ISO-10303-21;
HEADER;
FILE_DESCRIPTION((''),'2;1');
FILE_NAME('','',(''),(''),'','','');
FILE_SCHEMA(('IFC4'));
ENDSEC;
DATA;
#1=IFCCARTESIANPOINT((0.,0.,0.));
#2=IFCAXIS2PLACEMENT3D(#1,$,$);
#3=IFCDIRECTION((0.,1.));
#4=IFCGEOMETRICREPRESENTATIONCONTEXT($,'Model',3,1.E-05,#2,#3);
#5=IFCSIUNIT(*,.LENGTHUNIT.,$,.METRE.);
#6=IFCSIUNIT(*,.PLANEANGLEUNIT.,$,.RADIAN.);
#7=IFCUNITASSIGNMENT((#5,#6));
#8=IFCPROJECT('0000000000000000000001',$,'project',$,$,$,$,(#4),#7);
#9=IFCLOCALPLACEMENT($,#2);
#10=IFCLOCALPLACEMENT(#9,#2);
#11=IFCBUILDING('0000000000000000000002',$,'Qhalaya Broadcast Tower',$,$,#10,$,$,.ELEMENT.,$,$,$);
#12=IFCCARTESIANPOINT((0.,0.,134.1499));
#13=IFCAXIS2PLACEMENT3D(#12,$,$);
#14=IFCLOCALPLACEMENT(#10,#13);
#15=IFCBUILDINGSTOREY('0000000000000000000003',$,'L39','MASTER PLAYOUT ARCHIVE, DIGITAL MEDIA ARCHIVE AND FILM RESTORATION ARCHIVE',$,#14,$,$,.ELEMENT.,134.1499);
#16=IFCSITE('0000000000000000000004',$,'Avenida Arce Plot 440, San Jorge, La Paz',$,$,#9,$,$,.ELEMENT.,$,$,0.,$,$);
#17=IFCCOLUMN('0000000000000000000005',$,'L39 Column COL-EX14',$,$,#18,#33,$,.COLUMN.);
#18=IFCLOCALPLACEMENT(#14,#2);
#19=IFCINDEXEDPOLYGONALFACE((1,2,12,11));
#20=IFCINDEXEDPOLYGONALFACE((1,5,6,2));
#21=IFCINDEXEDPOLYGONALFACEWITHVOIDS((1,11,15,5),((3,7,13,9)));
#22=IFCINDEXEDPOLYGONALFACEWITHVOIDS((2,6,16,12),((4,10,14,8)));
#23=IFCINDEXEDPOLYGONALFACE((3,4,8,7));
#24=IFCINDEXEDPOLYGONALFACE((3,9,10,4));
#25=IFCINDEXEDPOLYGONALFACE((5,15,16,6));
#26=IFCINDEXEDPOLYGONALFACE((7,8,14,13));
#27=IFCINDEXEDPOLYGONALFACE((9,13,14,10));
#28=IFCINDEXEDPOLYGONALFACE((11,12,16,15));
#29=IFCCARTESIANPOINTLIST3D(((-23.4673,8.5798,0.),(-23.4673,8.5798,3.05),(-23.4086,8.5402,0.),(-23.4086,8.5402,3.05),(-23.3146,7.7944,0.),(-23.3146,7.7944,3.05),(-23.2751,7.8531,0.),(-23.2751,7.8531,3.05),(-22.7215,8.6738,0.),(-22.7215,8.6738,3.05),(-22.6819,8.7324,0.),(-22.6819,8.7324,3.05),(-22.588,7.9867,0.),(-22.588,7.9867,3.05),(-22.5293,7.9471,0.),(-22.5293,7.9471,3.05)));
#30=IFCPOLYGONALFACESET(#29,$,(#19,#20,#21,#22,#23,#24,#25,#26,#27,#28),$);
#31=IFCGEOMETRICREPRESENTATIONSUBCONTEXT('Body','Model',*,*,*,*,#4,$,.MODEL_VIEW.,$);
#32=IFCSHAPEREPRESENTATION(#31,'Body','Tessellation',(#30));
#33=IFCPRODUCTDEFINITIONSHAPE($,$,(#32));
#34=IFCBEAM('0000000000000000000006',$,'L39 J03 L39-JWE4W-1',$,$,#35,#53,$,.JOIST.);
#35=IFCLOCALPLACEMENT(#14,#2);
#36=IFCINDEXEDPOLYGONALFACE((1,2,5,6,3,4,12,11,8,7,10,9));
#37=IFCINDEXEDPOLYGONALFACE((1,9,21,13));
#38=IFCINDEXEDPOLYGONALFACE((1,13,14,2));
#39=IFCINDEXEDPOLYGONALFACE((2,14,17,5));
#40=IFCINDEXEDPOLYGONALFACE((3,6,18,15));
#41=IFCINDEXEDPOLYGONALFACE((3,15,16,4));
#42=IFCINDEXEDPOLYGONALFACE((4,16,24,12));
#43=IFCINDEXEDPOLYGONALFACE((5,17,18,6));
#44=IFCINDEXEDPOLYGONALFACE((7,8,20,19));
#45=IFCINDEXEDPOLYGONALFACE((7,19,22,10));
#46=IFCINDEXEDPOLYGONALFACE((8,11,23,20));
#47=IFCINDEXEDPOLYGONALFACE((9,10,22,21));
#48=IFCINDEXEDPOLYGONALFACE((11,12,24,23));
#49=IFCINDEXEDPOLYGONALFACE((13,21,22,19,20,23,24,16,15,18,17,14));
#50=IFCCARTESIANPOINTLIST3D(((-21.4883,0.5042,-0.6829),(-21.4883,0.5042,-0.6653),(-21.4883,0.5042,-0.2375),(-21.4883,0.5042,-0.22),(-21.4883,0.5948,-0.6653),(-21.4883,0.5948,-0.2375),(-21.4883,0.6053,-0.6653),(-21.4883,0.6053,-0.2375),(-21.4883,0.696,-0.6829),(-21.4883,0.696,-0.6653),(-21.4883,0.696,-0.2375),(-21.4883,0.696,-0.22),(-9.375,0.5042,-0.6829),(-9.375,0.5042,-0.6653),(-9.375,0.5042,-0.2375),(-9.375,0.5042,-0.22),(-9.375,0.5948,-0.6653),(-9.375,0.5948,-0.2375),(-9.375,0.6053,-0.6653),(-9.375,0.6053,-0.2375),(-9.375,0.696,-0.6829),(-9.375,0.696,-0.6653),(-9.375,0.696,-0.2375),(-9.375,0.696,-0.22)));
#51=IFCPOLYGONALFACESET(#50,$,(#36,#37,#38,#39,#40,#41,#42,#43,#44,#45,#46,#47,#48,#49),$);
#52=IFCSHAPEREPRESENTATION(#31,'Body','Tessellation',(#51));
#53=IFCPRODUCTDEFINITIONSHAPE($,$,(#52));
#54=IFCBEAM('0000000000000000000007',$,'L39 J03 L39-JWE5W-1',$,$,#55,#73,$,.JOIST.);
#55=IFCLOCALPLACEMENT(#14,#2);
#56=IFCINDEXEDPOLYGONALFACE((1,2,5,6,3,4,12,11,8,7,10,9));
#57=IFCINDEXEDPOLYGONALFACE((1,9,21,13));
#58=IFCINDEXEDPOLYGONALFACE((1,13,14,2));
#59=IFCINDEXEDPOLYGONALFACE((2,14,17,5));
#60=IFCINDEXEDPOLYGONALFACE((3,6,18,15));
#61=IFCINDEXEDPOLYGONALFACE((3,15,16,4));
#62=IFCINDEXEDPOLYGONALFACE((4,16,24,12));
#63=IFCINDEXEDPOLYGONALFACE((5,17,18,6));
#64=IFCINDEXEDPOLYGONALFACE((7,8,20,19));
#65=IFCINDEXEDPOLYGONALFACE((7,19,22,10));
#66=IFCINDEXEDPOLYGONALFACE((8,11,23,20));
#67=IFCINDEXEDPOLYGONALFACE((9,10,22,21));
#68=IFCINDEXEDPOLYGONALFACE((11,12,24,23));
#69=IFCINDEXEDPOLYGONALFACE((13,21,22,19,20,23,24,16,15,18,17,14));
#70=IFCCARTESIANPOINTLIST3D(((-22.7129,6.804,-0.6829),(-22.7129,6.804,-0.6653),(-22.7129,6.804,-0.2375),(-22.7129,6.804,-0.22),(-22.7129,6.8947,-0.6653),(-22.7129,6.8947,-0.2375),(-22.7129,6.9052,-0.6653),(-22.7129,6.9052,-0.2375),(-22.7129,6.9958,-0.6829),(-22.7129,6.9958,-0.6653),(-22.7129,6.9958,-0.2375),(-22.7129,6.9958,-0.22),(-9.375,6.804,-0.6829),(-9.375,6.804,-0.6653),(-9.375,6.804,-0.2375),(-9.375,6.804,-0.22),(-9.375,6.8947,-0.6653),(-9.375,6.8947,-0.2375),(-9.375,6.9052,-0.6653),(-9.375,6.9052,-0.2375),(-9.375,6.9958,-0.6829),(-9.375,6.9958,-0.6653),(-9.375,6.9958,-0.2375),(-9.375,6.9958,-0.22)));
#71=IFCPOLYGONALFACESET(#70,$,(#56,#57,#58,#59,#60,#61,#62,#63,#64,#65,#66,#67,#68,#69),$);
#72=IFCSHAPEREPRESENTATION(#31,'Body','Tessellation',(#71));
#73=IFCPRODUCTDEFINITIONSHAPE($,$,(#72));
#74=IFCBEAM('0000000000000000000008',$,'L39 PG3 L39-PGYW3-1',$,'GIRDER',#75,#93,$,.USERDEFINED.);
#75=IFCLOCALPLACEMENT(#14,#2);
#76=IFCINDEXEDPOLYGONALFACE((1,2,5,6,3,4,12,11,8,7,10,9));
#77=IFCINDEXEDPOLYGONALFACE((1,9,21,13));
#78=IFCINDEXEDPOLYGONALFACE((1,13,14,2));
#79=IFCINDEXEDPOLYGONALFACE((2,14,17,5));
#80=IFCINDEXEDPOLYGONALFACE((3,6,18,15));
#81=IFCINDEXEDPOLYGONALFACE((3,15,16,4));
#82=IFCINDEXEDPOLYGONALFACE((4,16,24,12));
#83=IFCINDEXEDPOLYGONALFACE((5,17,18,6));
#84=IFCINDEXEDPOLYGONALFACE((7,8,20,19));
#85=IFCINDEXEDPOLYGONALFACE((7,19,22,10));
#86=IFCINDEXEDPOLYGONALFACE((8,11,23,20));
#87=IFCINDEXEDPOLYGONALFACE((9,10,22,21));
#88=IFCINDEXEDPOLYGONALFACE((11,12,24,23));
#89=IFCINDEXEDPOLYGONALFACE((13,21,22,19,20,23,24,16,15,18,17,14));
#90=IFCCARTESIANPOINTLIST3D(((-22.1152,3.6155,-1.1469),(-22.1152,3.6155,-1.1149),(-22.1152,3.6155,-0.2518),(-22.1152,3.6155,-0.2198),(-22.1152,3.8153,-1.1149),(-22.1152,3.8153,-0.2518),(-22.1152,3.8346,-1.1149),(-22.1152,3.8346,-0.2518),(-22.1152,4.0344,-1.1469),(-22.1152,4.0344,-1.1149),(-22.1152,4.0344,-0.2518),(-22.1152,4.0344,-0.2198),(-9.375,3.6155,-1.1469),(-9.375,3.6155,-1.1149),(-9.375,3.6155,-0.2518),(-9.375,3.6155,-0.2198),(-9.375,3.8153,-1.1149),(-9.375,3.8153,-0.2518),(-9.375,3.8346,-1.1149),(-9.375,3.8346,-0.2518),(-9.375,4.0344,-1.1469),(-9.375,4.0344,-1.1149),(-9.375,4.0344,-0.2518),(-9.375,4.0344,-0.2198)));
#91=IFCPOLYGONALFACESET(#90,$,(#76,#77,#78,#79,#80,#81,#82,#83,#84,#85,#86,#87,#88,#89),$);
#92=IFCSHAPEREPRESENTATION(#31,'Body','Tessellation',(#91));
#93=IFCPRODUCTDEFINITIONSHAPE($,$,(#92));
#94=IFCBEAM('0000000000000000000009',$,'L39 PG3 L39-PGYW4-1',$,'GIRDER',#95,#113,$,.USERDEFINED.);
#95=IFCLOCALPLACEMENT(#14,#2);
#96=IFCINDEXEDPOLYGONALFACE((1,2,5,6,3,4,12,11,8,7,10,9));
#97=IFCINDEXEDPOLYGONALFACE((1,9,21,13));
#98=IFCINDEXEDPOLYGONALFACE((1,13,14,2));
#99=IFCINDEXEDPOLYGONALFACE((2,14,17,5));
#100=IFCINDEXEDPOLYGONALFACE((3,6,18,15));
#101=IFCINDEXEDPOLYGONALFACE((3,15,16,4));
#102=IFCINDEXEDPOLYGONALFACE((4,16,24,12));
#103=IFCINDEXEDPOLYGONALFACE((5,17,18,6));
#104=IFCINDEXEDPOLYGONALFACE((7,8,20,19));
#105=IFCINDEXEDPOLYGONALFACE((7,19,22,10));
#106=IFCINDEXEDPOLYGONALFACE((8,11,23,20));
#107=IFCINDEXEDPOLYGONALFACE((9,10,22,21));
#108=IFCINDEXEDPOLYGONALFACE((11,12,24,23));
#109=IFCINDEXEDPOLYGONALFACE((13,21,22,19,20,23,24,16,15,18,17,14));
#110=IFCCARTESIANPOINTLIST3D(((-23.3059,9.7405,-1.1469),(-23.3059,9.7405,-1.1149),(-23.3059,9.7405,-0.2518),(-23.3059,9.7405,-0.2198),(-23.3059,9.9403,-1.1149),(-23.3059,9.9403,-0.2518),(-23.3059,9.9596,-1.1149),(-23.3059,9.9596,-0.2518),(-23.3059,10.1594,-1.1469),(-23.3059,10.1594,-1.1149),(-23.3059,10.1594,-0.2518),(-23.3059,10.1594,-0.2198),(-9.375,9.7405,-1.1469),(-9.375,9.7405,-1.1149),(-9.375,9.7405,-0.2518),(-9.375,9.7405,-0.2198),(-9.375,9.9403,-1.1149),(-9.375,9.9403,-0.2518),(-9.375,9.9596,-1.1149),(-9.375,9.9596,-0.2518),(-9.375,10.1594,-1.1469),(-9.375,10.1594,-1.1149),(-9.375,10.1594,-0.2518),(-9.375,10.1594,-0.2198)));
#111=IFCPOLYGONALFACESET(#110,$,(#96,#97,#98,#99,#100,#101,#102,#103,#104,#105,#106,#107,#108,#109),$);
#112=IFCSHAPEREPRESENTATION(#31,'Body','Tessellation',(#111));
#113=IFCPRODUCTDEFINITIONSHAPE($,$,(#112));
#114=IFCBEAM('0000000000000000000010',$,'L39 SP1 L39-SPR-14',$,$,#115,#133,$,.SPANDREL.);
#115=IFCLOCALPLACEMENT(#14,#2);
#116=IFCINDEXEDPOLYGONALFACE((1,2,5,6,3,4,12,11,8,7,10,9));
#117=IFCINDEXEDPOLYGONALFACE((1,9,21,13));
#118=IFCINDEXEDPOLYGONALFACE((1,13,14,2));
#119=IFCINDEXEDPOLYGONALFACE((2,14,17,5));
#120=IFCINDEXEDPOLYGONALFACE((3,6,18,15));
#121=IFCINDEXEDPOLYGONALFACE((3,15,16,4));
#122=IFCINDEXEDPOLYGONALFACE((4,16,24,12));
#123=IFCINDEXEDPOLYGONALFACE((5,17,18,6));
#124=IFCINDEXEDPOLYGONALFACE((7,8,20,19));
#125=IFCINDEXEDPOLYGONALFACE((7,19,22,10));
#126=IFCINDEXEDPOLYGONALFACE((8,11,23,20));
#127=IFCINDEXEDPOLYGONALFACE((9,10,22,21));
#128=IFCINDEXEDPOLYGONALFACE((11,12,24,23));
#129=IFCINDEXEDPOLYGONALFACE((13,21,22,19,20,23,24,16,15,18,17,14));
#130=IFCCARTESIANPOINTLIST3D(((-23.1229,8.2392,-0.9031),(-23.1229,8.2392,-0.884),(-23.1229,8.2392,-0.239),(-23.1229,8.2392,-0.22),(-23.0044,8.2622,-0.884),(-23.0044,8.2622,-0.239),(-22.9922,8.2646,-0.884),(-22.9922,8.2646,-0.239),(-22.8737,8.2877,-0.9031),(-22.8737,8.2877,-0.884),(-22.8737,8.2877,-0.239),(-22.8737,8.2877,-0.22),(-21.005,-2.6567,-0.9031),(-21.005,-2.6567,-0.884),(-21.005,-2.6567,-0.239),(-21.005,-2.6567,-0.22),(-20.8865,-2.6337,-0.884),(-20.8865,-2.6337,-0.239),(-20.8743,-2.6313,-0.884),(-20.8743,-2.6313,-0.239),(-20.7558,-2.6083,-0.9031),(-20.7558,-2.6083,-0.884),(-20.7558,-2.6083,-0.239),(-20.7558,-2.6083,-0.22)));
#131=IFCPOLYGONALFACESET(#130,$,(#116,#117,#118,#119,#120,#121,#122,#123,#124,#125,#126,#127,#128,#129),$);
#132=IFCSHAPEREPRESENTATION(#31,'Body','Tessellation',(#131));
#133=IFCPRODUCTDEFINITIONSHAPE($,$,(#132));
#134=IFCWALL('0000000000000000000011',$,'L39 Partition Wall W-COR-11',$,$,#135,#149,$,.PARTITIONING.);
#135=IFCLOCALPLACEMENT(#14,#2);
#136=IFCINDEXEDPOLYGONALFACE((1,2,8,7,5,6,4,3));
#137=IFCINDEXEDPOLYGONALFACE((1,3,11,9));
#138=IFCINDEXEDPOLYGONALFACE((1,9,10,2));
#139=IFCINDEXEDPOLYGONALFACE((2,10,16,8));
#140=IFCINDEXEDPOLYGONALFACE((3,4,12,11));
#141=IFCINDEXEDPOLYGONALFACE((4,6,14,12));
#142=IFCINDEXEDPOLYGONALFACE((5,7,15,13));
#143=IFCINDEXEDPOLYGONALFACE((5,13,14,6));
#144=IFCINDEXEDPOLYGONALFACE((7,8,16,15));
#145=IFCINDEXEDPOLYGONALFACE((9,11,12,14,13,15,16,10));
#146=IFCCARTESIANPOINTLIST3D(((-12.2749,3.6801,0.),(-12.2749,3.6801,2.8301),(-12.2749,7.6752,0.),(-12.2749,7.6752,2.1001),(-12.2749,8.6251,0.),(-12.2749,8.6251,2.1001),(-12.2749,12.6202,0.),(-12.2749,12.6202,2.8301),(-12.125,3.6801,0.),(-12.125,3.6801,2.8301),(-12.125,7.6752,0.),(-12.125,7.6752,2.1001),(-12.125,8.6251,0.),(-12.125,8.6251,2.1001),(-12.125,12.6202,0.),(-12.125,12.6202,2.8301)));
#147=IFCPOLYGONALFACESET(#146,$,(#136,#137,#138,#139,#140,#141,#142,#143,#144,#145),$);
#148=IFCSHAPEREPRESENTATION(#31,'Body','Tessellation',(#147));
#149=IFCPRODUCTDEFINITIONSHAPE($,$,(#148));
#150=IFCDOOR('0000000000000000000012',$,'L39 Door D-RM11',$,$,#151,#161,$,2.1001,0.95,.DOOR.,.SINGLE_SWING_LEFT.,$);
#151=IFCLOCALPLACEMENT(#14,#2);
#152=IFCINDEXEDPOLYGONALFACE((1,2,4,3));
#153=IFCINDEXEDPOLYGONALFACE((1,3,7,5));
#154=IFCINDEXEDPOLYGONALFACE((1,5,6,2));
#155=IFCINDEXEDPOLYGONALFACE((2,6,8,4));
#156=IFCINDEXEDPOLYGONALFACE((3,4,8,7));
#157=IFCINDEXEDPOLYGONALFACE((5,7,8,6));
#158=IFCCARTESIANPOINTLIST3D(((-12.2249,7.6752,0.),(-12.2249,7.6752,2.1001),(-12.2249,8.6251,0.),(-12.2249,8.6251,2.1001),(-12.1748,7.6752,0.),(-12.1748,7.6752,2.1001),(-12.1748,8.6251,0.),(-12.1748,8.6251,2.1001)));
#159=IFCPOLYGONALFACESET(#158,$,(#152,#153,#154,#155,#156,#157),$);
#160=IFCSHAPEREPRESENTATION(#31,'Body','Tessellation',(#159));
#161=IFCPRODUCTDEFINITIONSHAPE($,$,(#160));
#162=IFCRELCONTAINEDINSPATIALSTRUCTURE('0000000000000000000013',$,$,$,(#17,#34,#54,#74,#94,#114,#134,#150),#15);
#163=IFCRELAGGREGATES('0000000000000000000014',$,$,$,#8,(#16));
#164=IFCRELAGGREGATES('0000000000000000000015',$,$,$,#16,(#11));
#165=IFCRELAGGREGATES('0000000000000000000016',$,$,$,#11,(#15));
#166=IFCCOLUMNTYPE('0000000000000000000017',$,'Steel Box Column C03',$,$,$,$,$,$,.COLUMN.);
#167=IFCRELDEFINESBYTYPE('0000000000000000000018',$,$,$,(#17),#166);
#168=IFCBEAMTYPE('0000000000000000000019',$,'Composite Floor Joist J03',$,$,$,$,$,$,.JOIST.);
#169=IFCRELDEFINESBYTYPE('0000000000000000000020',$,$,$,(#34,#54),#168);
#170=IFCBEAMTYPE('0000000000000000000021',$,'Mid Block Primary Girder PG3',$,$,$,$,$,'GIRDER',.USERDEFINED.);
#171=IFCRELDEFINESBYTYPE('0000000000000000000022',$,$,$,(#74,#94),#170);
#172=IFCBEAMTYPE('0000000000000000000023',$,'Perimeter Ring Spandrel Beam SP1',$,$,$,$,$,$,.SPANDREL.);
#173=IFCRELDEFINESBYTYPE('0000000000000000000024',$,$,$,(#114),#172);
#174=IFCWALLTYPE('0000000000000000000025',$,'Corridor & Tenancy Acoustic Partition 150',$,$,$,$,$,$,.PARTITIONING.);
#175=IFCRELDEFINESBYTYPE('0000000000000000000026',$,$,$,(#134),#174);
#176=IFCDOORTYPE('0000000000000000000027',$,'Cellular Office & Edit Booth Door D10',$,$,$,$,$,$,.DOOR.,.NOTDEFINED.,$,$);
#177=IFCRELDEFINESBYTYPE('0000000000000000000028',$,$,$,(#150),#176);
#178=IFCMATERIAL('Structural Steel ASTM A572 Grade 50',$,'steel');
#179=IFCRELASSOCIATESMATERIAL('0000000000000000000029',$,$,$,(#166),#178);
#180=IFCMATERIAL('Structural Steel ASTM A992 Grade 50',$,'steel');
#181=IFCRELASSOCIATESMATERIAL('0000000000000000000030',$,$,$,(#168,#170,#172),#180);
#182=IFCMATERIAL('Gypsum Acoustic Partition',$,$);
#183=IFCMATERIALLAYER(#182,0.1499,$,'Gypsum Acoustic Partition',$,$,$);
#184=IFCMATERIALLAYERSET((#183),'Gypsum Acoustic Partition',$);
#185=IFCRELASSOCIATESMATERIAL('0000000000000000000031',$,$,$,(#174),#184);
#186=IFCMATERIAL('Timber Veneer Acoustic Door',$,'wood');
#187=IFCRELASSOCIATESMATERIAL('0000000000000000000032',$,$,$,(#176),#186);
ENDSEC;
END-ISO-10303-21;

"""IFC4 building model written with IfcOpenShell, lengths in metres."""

from ifc_helpers import new_model, si_unit, direction, frame, frame_2d, origin, origin_2d, place, context, subcontext, project, spatial, rectangle, hollow_rectangle, i_section, extrude, material, layer, layer_set, material_profile, profile_set, type_object, element, fill, save


model = new_model("IFC4")

# Units and contexts
model_context = context("Model", 3, precision=1e-05, world=origin(), true_north=direction((0.0, 1.0)))
body_context = subcontext(model_context, "Body", "Model", "MODEL_VIEW")
ifc_project = project(units=[si_unit("LENGTHUNIT", "METRE"), si_unit("PLANEANGLEUNIT", "RADIAN")], contexts=[model_context])

# Site, building, storey
site_placement = place(None, origin())
site = spatial("IfcSite", under=ifc_project, at=site_placement, Name="Avenida Arce Plot 440, San Jorge, La Paz", CompositionType="ELEMENT", RefElevation=0.0)
building_placement = place(site_placement, origin())
building = spatial("IfcBuilding", under=site, at=building_placement, Name="Qhalaya Broadcast Tower", CompositionType="ELEMENT")
storey_placement = place(building_placement, frame((0.0, 0.0, 134.1499)))
storey = spatial("IfcBuildingStorey", under=building, at=storey_placement, Name="L39", Description="MASTER PLAYOUT ARCHIVE, DIGITAL MEDIA ARCHIVE AND FILM RESTORATION ARCHIVE", CompositionType="ELEMENT", Elevation=134.1499)

# Column
ifc_material_1 = material(Name="Structural Steel ASTM A572 Grade 50", Category="steel")
ifc_material_profile_1 = material_profile(ifc_material_1, hollow_rectangle(XDim=0.8, YDim=0.8, WallThickness=0.05, at=origin_2d()), Name="BOX 800x800x50")
ifc_profile_set_1 = profile_set([ifc_material_profile_1], Name="Structural Steel ASTM A572 Grade 50")
column_type = type_object("IfcColumnType", Name="Steel Box Column C03", PredefinedType="COLUMN", material=ifc_profile_set_1)
column_placement = place(storey_placement, frame((-22.9983, 8.2634, 0.0), z_axis=(0.0, 0.0, 1.0), x_axis=(-0.190809, 0.981627, 0.0)))
element("IfcColumn", 1, at=column_placement, inside=storey, type_object=column_type, Name="L39 Column COL-EX14", PredefinedType="COLUMN", context=body_context, shape_type="SweptSolid", body=[
    extrude(hollow_rectangle(XDim=0.8, YDim=0.8, WallThickness=0.05, at=origin_2d()), origin(), (0.0, 0.0, 1.0), 3.05),
])

# Beams
ifc_material_2 = material(Name="Structural Steel ASTM A992 Grade 50", Category="steel")
ifc_material_profile_2 = material_profile(ifc_material_2, i_section(OverallWidth=0.1919, OverallDepth=0.4629, WebThickness=0.0105, FlangeThickness=0.0176, at=origin_2d()), Name="W18X60")
ifc_profile_set_2 = profile_set([ifc_material_profile_2], Name="Structural Steel ASTM A992 Grade 50")
beam_type_1 = type_object("IfcBeamType", Name="Composite Floor Joist J03", PredefinedType="JOIST", material=ifc_profile_set_2)
beam_1_placement = place(storey_placement, frame((-21.4883, 0.6001, -0.4514), z_axis=(1.0, 0.0, 0.0), x_axis=(0.0, 1.0, 0.0)))
element("IfcBeam", 2, at=beam_1_placement, inside=storey, type_object=beam_type_1, Name="L39 J03 L39-JWE4W-1", PredefinedType="JOIST", context=body_context, shape_type="SweptSolid", body=[
    extrude(i_section(OverallWidth=0.1919, OverallDepth=0.4629, WebThickness=0.0105, FlangeThickness=0.0176, at=origin_2d()), origin(), (0.0, 0.0, 1.0), 12.1133),
])
beam_2_placement = place(storey_placement, frame((-22.7129, 6.8999, -0.4514), z_axis=(1.0, 0.0, 0.0), x_axis=(0.0, 1.0, 0.0)))
element("IfcBeam", 3, at=beam_2_placement, inside=storey, type_object=beam_type_1, Name="L39 J03 L39-JWE5W-1", PredefinedType="JOIST", context=body_context, shape_type="SweptSolid", body=[
    extrude(i_section(OverallWidth=0.1919, OverallDepth=0.4629, WebThickness=0.0105, FlangeThickness=0.0176, at=origin_2d()), origin(), (0.0, 0.0, 1.0), 13.3379),
])
ifc_material_profile_3 = material_profile(ifc_material_2, i_section(OverallWidth=0.4189, OverallDepth=0.927, WebThickness=0.0193, FlangeThickness=0.032, at=origin_2d()), Name="W36X231")
ifc_profile_set_3 = profile_set([ifc_material_profile_3], Name="Structural Steel ASTM A992 Grade 50")
beam_type_2 = type_object("IfcBeamType", Name="Mid Block Primary Girder PG3", ElementType="GIRDER", PredefinedType="USERDEFINED", material=ifc_profile_set_3)
beam_3_placement = place(storey_placement, frame((-22.1152, 3.825, -0.6833), z_axis=(1.0, 0.0, 0.0), x_axis=(0.0, 1.0, 0.0)))
element("IfcBeam", 4, at=beam_3_placement, inside=storey, type_object=beam_type_2, Name="L39 PG3 L39-PGYW3-1", ObjectType="GIRDER", PredefinedType="USERDEFINED", context=body_context, shape_type="SweptSolid", body=[
    extrude(i_section(OverallWidth=0.4189, OverallDepth=0.927, WebThickness=0.0193, FlangeThickness=0.032, at=origin_2d()), origin(), (0.0, 0.0, 1.0), 12.7402),
])
beam_4_placement = place(storey_placement, frame((-23.3059, 9.95, -0.6833), z_axis=(1.0, 0.0, 0.0), x_axis=(0.0, 1.0, 0.0)))
element("IfcBeam", 5, at=beam_4_placement, inside=storey, type_object=beam_type_2, Name="L39 PG3 L39-PGYW4-1", ObjectType="GIRDER", PredefinedType="USERDEFINED", context=body_context, shape_type="SweptSolid", body=[
    extrude(i_section(OverallWidth=0.4189, OverallDepth=0.927, WebThickness=0.0193, FlangeThickness=0.032, at=origin_2d()), origin(), (0.0, 0.0, 1.0), 13.9309),
])
ifc_material_profile_4 = material_profile(ifc_material_2, i_section(OverallWidth=0.2539, OverallDepth=0.6831, WebThickness=0.0125, FlangeThickness=0.019, at=origin_2d()), Name="W27X94")
ifc_profile_set_4 = profile_set([ifc_material_profile_4], Name="Structural Steel ASTM A992 Grade 50")
beam_type_3 = type_object("IfcBeamType", Name="Perimeter Ring Spandrel Beam SP1", PredefinedType="SPANDREL", material=ifc_profile_set_4)
beam_5_placement = place(storey_placement, frame((-22.9983, 8.2634, -0.5615), z_axis=(0.190805, -0.981628, 0.0), x_axis=(0.981628, 0.190805, 0.0)))
element("IfcBeam", 6, at=beam_5_placement, inside=storey, type_object=beam_type_3, Name="L39 SP1 L39-SPR-14", PredefinedType="SPANDREL", context=body_context, shape_type="SweptSolid", body=[
    extrude(i_section(OverallWidth=0.2539, OverallDepth=0.6831, WebThickness=0.0125, FlangeThickness=0.019, at=origin_2d()), origin(), (0.0, 0.0, 1.0), 11.0999),
])

# Wall, opening, door
ifc_material_3 = material(Name="Gypsum Acoustic Partition")
ifc_layer_1 = layer(ifc_material_3, 0.1499, Name="Gypsum Acoustic Partition")
ifc_layer_set_1 = layer_set([ifc_layer_1], Name="Gypsum Acoustic Partition")
wall_type_1 = type_object("IfcWallType", Name="Corridor & Tenancy Acoustic Partition 150", PredefinedType="PARTITIONING", material=ifc_layer_set_1)
wall_1_placement = place(storey_placement, frame((-12.2, 3.6799, 0.0), z_axis=(0.0, 0.0, 1.0), x_axis=(0.0, 1.0, 0.0)))
wall_1 = element("IfcWall", 7, at=wall_1_placement, inside=storey, type_object=wall_type_1, Name="L39 Partition Wall W-COR-11", PredefinedType="PARTITIONING", context=body_context, shape_type="SweptSolid", body=[
    extrude(rectangle(XDim=8.9402, YDim=0.1499, at=frame_2d((4.4702, 0.0))), origin(), (0.0, 0.0, 1.0), 2.8301),
])
opening_1_placement = place(wall_1_placement, frame((3.9951, 0.0, 0.0)))
opening_1 = element("IfcOpeningElement", 8, at=opening_1_placement, cuts=wall_1, PredefinedType="OPENING", context=body_context, shape_type="SweptSolid", body=[
    extrude(rectangle(XDim=0.95, YDim=2.1001, at=frame_2d((0.4751, 1.05))), frame((0.0, 0.0869, 0.0), z_axis=(0.0, -1.0, 0.0), x_axis=(1.0, 0.0, 0.0)), (0.0, 0.0, 1.0), 0.1738),
])
ifc_material_4 = material(Name="Timber Veneer Acoustic Door", Category="wood")
door_type_1 = type_object("IfcDoorType", Name="Cellular Office & Edit Booth Door D10", OperationType="NOTDEFINED", PredefinedType="DOOR", material=ifc_material_4)
door_1_placement = place(opening_1_placement, origin())
door_1 = element("IfcDoor", 9, at=door_1_placement, inside=storey, type_object=door_type_1, Name="L39 Door D-RM11", OperationType="SINGLE_SWING_LEFT", OverallHeight=2.1001, OverallWidth=0.95, PredefinedType="DOOR", context=body_context, shape_type="SweptSolid", body=[
    extrude(rectangle(XDim=0.95, YDim=2.1001, at=frame_2d((0.4751, 1.05))), frame((0.0, 0.0249, 0.0), z_axis=(0.0, -1.0, 0.0), x_axis=(1.0, 0.0, 0.0)), (0.0, 0.0, 1.0), 0.05),
])
fill(opening_1, door_1)

save(model, "model.ifc")
